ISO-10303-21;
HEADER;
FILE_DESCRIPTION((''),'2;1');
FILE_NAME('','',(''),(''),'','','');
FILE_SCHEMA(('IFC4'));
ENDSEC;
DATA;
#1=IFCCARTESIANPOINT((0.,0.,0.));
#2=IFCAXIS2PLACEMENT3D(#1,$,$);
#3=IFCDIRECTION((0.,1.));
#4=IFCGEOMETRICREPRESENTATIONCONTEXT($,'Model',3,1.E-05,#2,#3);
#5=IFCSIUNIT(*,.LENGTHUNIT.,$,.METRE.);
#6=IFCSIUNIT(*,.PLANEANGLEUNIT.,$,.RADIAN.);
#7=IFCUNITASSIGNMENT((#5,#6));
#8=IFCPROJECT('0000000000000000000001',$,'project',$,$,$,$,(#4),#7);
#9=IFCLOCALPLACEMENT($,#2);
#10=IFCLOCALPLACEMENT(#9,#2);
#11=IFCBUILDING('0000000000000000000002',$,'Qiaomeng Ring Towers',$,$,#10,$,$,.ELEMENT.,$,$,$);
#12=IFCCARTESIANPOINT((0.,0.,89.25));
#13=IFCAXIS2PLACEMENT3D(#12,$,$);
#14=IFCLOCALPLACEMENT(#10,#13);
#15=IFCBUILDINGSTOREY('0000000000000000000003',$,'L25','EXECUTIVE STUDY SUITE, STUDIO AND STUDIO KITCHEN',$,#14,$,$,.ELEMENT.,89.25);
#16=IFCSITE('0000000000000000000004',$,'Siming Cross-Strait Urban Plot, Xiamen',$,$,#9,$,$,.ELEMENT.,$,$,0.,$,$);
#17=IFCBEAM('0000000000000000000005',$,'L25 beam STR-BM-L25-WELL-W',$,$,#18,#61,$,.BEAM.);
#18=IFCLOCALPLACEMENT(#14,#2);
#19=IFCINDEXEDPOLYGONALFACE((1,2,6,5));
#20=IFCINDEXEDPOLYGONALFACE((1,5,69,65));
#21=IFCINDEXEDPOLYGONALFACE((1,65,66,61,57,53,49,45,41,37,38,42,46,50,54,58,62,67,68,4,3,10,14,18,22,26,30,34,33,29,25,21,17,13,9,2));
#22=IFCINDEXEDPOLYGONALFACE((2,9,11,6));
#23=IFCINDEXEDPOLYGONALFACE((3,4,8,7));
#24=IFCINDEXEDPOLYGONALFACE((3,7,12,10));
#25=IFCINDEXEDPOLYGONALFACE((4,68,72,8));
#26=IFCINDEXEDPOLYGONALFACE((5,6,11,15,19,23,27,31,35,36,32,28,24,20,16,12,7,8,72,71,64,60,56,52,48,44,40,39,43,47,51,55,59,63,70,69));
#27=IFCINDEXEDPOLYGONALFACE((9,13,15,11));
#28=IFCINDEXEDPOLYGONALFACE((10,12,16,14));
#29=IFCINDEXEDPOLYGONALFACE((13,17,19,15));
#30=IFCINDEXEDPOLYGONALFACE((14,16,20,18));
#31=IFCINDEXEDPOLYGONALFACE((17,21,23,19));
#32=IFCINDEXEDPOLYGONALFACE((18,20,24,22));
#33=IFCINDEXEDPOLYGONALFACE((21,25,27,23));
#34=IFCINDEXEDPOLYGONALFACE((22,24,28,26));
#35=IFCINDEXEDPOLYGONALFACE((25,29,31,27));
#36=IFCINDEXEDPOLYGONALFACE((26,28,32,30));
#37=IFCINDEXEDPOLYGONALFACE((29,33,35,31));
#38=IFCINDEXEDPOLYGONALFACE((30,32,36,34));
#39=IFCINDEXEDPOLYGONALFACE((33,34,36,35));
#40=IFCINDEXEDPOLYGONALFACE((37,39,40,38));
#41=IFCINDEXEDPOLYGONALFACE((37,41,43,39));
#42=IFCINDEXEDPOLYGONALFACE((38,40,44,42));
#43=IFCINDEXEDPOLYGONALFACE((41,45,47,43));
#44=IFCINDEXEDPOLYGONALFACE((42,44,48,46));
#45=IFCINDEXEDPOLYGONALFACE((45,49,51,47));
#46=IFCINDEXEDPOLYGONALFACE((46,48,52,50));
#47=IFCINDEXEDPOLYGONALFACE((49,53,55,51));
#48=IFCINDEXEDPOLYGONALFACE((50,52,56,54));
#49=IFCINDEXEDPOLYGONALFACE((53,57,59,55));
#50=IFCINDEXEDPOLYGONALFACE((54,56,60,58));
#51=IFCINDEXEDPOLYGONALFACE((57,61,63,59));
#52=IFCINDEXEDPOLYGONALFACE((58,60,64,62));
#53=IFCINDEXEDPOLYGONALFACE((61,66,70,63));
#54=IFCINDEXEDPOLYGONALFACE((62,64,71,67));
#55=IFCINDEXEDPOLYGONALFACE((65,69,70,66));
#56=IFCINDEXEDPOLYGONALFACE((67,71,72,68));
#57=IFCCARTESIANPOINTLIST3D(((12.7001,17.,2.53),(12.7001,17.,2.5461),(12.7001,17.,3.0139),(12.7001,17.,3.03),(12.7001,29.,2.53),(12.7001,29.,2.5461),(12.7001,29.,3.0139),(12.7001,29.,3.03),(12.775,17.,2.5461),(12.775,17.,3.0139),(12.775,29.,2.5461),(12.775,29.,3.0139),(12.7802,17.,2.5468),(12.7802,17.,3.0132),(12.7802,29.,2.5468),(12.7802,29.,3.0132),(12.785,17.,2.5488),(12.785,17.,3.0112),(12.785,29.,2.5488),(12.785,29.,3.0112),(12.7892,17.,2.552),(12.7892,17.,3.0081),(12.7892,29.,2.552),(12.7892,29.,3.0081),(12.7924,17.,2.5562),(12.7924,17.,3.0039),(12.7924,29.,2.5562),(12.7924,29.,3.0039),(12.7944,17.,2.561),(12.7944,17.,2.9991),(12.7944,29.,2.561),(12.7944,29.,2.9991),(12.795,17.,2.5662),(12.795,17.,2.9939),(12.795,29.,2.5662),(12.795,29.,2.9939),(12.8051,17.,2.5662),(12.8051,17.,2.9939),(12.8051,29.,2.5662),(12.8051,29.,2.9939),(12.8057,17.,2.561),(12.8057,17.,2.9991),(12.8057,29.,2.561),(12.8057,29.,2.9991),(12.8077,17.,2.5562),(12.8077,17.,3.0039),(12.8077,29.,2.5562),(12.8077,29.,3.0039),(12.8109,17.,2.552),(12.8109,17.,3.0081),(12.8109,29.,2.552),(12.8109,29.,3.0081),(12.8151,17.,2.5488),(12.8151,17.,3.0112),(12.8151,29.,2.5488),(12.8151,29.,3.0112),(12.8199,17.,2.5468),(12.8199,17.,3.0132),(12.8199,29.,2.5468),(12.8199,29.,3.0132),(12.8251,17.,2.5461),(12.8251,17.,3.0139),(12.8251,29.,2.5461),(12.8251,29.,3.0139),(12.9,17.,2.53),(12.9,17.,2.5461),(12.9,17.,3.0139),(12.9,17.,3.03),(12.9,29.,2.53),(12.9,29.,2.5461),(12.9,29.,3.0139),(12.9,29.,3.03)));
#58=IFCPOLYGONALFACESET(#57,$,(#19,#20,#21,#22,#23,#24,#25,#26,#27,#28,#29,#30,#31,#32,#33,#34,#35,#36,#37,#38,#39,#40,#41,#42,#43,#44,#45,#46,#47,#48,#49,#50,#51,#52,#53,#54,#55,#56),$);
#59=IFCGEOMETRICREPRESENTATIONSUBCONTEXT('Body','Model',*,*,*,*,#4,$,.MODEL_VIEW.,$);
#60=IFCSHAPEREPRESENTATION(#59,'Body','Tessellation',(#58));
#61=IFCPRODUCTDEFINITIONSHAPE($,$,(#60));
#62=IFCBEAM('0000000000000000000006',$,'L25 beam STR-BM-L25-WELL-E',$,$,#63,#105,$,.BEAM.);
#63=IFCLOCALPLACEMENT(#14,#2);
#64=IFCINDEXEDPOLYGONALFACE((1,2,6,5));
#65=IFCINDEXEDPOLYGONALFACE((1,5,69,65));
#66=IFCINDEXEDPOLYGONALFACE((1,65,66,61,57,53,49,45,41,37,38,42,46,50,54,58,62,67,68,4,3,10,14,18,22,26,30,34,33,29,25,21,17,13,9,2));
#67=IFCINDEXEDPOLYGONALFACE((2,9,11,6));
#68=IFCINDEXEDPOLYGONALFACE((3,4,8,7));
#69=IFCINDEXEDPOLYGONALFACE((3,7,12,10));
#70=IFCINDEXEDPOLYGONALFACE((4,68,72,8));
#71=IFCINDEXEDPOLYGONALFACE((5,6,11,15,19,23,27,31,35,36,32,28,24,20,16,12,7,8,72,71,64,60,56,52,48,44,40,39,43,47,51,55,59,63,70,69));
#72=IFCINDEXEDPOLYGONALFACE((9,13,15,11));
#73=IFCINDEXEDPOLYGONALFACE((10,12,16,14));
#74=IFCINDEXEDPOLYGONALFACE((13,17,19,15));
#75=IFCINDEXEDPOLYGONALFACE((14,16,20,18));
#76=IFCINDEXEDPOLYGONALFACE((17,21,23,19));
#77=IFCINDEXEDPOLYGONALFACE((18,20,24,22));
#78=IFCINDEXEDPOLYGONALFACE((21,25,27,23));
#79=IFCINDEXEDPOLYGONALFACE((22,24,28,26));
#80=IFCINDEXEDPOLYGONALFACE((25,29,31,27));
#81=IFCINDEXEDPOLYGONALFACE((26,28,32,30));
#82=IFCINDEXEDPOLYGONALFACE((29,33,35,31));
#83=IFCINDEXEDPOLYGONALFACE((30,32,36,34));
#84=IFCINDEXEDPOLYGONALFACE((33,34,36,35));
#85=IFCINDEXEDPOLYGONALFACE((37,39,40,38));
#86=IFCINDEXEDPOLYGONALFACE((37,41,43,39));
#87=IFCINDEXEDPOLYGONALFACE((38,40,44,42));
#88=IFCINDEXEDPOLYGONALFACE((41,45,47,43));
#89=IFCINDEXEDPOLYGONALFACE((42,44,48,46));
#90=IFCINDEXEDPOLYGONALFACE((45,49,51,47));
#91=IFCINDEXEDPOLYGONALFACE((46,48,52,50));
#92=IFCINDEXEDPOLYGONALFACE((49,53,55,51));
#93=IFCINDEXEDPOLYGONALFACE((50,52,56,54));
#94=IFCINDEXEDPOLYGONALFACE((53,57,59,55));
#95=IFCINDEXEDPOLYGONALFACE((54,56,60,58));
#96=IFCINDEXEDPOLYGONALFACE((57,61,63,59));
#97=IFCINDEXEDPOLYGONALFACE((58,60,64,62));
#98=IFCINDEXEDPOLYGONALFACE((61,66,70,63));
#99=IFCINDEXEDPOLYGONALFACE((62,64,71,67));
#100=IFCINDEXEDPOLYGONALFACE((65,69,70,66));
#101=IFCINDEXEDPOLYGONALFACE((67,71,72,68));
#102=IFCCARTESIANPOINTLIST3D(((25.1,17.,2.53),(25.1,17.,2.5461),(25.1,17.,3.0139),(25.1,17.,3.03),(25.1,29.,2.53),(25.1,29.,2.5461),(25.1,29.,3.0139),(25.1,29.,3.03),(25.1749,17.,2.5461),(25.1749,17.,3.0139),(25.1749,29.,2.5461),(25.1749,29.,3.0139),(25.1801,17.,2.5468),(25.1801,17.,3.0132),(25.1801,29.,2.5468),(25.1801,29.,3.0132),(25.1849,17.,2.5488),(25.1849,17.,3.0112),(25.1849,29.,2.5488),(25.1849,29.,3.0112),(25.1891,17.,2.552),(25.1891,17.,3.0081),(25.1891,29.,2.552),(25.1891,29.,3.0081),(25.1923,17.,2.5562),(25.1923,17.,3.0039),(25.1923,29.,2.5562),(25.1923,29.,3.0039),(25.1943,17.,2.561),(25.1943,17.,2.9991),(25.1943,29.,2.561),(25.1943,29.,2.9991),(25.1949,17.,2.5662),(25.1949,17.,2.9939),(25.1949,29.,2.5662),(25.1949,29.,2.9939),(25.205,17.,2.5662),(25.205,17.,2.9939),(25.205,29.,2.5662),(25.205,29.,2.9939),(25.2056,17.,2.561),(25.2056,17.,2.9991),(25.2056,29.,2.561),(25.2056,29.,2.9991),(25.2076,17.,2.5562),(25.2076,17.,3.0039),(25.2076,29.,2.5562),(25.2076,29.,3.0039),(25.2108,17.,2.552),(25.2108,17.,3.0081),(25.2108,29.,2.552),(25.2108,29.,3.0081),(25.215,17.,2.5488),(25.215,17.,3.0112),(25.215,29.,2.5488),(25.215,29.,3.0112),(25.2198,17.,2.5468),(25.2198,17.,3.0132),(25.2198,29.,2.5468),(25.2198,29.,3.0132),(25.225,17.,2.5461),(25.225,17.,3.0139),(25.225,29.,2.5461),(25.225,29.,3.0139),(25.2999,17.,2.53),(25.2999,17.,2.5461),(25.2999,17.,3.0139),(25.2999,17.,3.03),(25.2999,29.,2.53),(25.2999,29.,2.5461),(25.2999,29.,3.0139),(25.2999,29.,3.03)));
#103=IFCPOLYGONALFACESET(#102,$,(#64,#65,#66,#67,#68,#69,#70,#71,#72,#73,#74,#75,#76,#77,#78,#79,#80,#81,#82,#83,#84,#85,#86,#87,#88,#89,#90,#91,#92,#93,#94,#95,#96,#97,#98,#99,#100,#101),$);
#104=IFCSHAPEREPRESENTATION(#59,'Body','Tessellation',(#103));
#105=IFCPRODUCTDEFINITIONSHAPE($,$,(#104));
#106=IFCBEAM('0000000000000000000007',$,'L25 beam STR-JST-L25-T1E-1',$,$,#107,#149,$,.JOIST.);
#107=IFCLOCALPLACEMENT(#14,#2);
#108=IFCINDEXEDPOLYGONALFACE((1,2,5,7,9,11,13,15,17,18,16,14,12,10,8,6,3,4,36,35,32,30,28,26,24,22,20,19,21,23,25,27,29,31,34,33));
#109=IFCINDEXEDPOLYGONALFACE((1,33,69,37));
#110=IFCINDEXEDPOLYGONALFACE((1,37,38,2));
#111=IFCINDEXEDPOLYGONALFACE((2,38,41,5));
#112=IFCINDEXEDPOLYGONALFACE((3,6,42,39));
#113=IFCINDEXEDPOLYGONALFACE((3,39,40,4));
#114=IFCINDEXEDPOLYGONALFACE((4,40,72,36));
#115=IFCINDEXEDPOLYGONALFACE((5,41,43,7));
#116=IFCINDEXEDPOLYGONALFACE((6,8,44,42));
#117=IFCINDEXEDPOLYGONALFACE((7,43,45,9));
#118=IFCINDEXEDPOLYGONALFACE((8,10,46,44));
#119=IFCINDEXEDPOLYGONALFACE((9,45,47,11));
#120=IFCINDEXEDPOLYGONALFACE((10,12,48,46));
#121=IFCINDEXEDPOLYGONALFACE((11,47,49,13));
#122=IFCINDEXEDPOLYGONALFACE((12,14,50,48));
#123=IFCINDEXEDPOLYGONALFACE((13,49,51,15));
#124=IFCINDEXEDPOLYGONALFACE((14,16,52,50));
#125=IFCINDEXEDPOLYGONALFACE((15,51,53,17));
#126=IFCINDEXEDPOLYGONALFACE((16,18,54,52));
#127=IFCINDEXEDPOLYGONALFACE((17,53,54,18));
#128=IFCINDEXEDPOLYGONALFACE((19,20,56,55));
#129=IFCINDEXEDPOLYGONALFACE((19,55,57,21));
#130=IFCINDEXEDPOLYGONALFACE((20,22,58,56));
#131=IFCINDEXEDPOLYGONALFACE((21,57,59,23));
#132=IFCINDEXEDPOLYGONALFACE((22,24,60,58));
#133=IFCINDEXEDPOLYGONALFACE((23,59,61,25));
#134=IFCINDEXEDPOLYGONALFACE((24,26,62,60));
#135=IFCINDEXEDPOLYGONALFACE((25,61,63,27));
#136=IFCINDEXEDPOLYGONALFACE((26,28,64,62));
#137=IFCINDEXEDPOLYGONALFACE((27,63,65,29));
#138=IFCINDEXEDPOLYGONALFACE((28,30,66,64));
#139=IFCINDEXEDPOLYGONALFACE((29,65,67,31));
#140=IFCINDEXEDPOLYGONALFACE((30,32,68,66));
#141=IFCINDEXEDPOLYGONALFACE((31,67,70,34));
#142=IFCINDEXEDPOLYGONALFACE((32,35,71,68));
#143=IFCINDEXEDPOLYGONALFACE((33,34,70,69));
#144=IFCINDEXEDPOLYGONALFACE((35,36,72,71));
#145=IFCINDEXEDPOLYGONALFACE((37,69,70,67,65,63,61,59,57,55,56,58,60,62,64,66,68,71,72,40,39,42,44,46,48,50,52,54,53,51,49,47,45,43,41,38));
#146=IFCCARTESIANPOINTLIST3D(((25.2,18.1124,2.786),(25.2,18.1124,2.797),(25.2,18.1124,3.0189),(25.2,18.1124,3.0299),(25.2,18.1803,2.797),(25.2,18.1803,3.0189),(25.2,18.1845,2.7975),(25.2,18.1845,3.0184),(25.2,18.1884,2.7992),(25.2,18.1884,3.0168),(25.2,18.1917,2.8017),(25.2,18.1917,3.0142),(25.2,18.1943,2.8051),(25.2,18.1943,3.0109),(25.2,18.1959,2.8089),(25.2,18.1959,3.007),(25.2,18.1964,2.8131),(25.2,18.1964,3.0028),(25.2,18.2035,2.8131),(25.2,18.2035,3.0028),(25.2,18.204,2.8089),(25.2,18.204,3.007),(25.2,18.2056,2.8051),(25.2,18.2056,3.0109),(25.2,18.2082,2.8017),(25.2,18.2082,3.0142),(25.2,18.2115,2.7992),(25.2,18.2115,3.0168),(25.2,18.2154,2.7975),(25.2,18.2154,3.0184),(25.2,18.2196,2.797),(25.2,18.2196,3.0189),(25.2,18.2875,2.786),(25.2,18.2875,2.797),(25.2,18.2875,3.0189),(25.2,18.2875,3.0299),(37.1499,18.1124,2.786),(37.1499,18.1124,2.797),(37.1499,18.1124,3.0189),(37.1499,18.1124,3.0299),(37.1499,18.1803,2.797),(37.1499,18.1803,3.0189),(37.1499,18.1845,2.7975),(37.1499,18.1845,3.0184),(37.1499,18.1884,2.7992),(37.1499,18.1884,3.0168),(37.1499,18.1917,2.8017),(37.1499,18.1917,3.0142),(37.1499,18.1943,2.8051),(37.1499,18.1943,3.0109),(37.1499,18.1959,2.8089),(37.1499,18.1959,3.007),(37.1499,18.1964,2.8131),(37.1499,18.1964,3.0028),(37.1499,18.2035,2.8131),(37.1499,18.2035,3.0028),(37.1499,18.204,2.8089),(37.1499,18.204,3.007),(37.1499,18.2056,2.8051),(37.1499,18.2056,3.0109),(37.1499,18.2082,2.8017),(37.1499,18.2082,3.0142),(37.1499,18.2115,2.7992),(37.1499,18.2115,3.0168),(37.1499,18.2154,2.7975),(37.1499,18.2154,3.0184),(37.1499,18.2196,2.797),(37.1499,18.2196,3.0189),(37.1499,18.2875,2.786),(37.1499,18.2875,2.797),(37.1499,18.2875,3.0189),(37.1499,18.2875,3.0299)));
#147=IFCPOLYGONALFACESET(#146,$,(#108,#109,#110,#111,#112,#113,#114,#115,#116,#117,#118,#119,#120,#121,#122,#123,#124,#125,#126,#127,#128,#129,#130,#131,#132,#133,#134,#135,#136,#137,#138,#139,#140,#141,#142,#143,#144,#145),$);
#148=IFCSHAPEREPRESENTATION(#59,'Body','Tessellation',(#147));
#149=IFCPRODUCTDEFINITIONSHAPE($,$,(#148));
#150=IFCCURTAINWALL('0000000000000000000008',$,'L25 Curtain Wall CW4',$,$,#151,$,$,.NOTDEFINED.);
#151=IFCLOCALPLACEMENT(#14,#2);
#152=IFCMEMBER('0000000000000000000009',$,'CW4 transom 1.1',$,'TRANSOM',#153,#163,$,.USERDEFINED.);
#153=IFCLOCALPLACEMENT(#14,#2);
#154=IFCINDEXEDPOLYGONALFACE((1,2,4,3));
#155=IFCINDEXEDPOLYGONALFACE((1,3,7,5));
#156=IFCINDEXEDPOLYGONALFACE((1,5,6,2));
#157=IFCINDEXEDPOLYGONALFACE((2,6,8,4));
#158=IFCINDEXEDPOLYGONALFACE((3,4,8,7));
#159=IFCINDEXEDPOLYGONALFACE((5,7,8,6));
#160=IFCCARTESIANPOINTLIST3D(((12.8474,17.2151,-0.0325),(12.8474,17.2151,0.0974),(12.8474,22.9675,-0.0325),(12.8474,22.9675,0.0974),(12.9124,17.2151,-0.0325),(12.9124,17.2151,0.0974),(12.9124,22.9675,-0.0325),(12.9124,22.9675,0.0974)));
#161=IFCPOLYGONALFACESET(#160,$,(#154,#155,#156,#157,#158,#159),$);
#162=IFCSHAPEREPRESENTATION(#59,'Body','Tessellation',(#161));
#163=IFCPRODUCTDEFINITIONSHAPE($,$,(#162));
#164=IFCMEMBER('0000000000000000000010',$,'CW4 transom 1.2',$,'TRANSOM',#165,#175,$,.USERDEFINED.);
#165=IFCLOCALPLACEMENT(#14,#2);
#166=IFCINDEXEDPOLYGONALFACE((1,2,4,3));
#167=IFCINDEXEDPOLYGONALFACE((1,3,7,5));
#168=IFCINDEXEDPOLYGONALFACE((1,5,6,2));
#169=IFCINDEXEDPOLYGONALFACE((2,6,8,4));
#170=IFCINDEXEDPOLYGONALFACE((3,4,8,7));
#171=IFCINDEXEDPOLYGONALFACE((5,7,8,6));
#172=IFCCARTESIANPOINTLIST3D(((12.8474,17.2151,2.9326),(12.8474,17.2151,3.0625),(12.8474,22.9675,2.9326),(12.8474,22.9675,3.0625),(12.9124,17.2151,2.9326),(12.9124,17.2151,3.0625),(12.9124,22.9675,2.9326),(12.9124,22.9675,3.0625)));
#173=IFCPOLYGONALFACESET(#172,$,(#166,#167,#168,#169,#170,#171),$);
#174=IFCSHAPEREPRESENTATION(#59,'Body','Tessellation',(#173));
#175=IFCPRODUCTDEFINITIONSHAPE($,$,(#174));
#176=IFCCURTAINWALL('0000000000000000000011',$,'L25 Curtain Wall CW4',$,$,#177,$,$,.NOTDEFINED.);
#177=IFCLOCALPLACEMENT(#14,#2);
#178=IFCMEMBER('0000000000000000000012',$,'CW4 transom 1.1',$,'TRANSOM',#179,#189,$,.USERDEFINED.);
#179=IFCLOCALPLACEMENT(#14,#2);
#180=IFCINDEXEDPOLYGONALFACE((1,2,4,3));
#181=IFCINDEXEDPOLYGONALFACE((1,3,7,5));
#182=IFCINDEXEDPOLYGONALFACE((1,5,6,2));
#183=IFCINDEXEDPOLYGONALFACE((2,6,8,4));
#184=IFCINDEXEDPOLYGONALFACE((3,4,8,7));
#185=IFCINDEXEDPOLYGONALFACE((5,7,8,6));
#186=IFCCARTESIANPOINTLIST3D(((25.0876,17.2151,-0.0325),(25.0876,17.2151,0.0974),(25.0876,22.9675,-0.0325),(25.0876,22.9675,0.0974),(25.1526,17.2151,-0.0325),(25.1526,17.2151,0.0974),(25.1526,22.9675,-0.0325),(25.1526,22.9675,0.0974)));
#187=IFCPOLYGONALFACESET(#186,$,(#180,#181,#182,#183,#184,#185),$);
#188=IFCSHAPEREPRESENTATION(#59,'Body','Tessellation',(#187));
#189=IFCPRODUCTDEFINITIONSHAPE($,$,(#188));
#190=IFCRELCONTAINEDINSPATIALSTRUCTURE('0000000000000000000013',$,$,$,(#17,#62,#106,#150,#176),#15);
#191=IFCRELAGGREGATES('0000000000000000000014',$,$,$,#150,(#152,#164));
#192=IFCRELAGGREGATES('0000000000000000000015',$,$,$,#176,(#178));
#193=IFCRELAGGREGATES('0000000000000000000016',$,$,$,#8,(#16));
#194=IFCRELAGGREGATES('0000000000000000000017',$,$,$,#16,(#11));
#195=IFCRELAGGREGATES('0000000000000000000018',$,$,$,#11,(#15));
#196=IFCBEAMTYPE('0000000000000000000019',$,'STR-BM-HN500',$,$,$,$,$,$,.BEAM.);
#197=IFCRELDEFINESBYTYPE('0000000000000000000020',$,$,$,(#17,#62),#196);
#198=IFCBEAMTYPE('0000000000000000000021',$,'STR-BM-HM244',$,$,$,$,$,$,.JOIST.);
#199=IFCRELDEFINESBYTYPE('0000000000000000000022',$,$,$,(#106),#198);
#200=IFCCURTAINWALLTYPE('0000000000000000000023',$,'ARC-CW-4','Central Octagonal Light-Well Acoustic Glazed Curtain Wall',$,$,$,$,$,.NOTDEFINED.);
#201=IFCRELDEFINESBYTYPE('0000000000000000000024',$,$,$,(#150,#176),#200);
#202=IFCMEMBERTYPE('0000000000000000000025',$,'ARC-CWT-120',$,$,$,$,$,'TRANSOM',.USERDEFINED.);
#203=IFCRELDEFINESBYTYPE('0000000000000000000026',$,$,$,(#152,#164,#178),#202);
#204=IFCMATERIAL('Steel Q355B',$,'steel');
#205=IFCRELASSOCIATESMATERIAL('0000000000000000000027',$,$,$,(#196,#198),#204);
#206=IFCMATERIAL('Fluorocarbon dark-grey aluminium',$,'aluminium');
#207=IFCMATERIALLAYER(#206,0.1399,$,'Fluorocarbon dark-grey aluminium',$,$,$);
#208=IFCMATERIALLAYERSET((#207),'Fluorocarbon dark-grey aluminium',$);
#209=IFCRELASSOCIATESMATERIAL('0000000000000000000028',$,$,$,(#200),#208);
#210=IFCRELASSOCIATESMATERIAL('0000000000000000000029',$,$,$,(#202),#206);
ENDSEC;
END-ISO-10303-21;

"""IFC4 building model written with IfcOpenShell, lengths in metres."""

from ifc_helpers import new_model, si_unit, direction, frame, origin, origin_2d, place, context, subcontext, project, spatial, rectangle, i_section, extrude, source, transform, mapped, material, layer, layer_set, material_profile, profile_set, type_object, element, aggregate, save


model = new_model("IFC4")

# Units and contexts
model_context = context("Model", 3, precision=1e-05, world=origin(), true_north=direction((0.0, 1.0)))
body_context = subcontext(model_context, "Body", "Model", "MODEL_VIEW")
ifc_project = project(units=[si_unit("LENGTHUNIT", "METRE"), si_unit("PLANEANGLEUNIT", "RADIAN")], contexts=[model_context])

# Site, building, storey
site_placement = place(None, origin())
site = spatial("IfcSite", under=ifc_project, at=site_placement, Name="Siming Cross-Strait Urban Plot, Xiamen", CompositionType="ELEMENT", RefElevation=0.0)
building_placement = place(site_placement, origin())
building = spatial("IfcBuilding", under=site, at=building_placement, Name="Qiaomeng Ring Towers", CompositionType="ELEMENT")
storey_placement = place(building_placement, frame((0.0, 0.0, 89.25)))
storey = spatial("IfcBuildingStorey", under=building, at=storey_placement, Name="L25", Description="EXECUTIVE STUDY SUITE, STUDIO AND STUDIO KITCHEN", CompositionType="ELEMENT", Elevation=89.25)

# Beams
ifc_material_1 = material(Name="Steel Q355B", Category="steel")
ifc_material_profile_1 = material_profile(ifc_material_1, i_section(OverallWidth=0.2, OverallDepth=0.5, WebThickness=0.01, FlangeThickness=0.0161, FilletRadius=0.02, at=origin_2d()), Name="HN 500x200x10x16")
ifc_profile_set_1 = profile_set([ifc_material_profile_1], Name="Steel Q355B")
beam_type_1 = type_object("IfcBeamType", Name="STR-BM-HN500", PredefinedType="BEAM", material=ifc_profile_set_1)
shared_shape_1 = source(origin(), body_context, "Body", "SweptSolid", [
    extrude(i_section(OverallWidth=0.2, OverallDepth=0.5, WebThickness=0.01, FlangeThickness=0.0161, FilletRadius=0.02, at=origin_2d()), origin(), (0.0, 0.0, 1.0), 12.0),
])
for number, where, z_axis, x_axis, name in (
    (1, (12.8, 17.0, 2.78), (0.0, 1.0, 0.0), (-1.0, 0.0, 0.0), "L25 beam STR-BM-L25-WELL-W"),
    (2, (25.2, 17.0, 2.78), (0.0, 1.0, 0.0), (-1.0, 0.0, 0.0), "L25 beam STR-BM-L25-WELL-E"),
):
    element("IfcBeam", number, at=place(storey_placement, frame(where, z_axis=z_axis, x_axis=x_axis)), inside=storey, type_object=beam_type_1, Name=name, PredefinedType="BEAM", context=body_context, shape_type="MappedRepresentation", body=[
        mapped(shared_shape_1, transform((0.0, 0.0, 0.0), x_axis=(1.0, 0.0, 0.0), y_axis=(0.0, 1.0, 0.0), z_axis=(0.0, 0.0, 1.0), scale=1.0)),
    ])
ifc_material_profile_2 = material_profile(ifc_material_1, i_section(OverallWidth=0.175, OverallDepth=0.2439, WebThickness=0.0071, FlangeThickness=0.011, FilletRadius=0.0161, at=origin_2d()), Name="HM 244x175x7x11")
ifc_profile_set_2 = profile_set([ifc_material_profile_2], Name="Steel Q355B")
beam_type_2 = type_object("IfcBeamType", Name="STR-BM-HM244", PredefinedType="JOIST", material=ifc_profile_set_2)
shared_shape_2 = source(origin(), body_context, "Body", "SweptSolid", [
    extrude(i_section(OverallWidth=0.175, OverallDepth=0.2439, WebThickness=0.0071, FlangeThickness=0.011, FilletRadius=0.0161, at=origin_2d()), origin(), (0.0, 0.0, 1.0), 11.95),
])
beam_placement = place(storey_placement, frame((25.2, 18.2, 2.908), z_axis=(1.0, 0.0, 0.0), x_axis=(0.0, 1.0, 0.0)))
element("IfcBeam", 3, at=beam_placement, inside=storey, type_object=beam_type_2, Name="L25 beam STR-JST-L25-T1E-1", PredefinedType="JOIST", context=body_context, shape_type="MappedRepresentation", body=[
    mapped(shared_shape_2, transform((0.0, 0.0, 0.0), x_axis=(1.0, 0.0, 0.0), y_axis=(0.0, 1.0, 0.0), z_axis=(0.0, 0.0, 1.0), scale=1.0)),
])

# Curtain walls, members
ifc_material_2 = material(Name="Fluorocarbon dark-grey aluminium", Category="aluminium")
ifc_layer_1 = layer(ifc_material_2, 0.1399, Name="Fluorocarbon dark-grey aluminium")
ifc_layer_set_1 = layer_set([ifc_layer_1], Name="Fluorocarbon dark-grey aluminium")
curtain_wall_type = type_object("IfcCurtainWallType", Name="ARC-CW-4", Description="Central Octagonal Light-Well Acoustic Glazed Curtain Wall", PredefinedType="NOTDEFINED", material=ifc_layer_set_1)
curtain_wall_1_placement = place(storey_placement, origin())
curtain_wall_1 = element("IfcCurtainWall", 4, at=curtain_wall_1_placement, inside=storey, type_object=curtain_wall_type, Name="L25 Curtain Wall CW4", PredefinedType="NOTDEFINED")
ifc_material_profile_3 = material_profile(ifc_material_2, rectangle(XDim=0.0649, YDim=0.1299, at=origin_2d()), Name="ALU TRAN 65x130")
ifc_profile_set_3 = profile_set([ifc_material_profile_3], Name="Fluorocarbon dark-grey aluminium")
member_type_1 = type_object("IfcMemberType", Name="ARC-CWT-120", ElementType="TRANSOM", PredefinedType="USERDEFINED", material=ifc_profile_set_3)
shared_shape_3 = source(origin(), body_context, "Body", "SweptSolid", [
    extrude(rectangle(XDim=0.0649, YDim=0.1299, at=origin_2d()), origin(), (0.0, 0.0, 1.0), 5.7524),
])
member_1_placement = place(storey_placement, frame((12.8799, 17.2151, 0.0325), z_axis=(0.0, 1.0, 0.0), x_axis=(-1.0, 0.0, 0.0)))
member_1 = element("IfcMember", 5, at=member_1_placement, type_object=member_type_1, Name="CW4 transom 1.1", ObjectType="TRANSOM", PredefinedType="USERDEFINED", context=body_context, shape_type="MappedRepresentation", body=[
    mapped(shared_shape_3, transform((0.0, 0.0, 0.0), x_axis=(1.0, 0.0, 0.0), y_axis=(0.0, 1.0, 0.0), z_axis=(0.0, 0.0, 1.0), scale=1.0)),
])
member_2_placement = place(storey_placement, frame((12.8799, 17.2151, 2.9976), z_axis=(0.0, 1.0, 0.0), x_axis=(-1.0, 0.0, 0.0)))
member_2 = element("IfcMember", 6, at=member_2_placement, type_object=member_type_1, Name="CW4 transom 1.2", ObjectType="TRANSOM", PredefinedType="USERDEFINED", context=body_context, shape_type="MappedRepresentation", body=[
    mapped(shared_shape_3, transform((0.0, 0.0, 0.0), x_axis=(1.0, 0.0, 0.0), y_axis=(0.0, 1.0, 0.0), z_axis=(0.0, 0.0, 1.0), scale=1.0)),
])
curtain_wall_2_placement = place(storey_placement, origin())
curtain_wall_2 = element("IfcCurtainWall", 7, at=curtain_wall_2_placement, inside=storey, type_object=curtain_wall_type, Name="L25 Curtain Wall CW4", PredefinedType="NOTDEFINED")
member_3_placement = place(storey_placement, frame((25.1201, 17.2151, 0.0325), z_axis=(0.0, 1.0, 0.0), x_axis=(-1.0, 0.0, 0.0)))
member_3 = element("IfcMember", 8, at=member_3_placement, type_object=member_type_1, Name="CW4 transom 1.1", ObjectType="TRANSOM", PredefinedType="USERDEFINED", context=body_context, shape_type="MappedRepresentation", body=[
    mapped(shared_shape_3, transform((0.0, 0.0, 0.0), x_axis=(1.0, 0.0, 0.0), y_axis=(0.0, 1.0, 0.0), z_axis=(0.0, 0.0, 1.0), scale=1.0)),
])

aggregate(curtain_wall_1, [member_1, member_2])
aggregate(curtain_wall_2, [member_3])

save(model, "model.ifc")
